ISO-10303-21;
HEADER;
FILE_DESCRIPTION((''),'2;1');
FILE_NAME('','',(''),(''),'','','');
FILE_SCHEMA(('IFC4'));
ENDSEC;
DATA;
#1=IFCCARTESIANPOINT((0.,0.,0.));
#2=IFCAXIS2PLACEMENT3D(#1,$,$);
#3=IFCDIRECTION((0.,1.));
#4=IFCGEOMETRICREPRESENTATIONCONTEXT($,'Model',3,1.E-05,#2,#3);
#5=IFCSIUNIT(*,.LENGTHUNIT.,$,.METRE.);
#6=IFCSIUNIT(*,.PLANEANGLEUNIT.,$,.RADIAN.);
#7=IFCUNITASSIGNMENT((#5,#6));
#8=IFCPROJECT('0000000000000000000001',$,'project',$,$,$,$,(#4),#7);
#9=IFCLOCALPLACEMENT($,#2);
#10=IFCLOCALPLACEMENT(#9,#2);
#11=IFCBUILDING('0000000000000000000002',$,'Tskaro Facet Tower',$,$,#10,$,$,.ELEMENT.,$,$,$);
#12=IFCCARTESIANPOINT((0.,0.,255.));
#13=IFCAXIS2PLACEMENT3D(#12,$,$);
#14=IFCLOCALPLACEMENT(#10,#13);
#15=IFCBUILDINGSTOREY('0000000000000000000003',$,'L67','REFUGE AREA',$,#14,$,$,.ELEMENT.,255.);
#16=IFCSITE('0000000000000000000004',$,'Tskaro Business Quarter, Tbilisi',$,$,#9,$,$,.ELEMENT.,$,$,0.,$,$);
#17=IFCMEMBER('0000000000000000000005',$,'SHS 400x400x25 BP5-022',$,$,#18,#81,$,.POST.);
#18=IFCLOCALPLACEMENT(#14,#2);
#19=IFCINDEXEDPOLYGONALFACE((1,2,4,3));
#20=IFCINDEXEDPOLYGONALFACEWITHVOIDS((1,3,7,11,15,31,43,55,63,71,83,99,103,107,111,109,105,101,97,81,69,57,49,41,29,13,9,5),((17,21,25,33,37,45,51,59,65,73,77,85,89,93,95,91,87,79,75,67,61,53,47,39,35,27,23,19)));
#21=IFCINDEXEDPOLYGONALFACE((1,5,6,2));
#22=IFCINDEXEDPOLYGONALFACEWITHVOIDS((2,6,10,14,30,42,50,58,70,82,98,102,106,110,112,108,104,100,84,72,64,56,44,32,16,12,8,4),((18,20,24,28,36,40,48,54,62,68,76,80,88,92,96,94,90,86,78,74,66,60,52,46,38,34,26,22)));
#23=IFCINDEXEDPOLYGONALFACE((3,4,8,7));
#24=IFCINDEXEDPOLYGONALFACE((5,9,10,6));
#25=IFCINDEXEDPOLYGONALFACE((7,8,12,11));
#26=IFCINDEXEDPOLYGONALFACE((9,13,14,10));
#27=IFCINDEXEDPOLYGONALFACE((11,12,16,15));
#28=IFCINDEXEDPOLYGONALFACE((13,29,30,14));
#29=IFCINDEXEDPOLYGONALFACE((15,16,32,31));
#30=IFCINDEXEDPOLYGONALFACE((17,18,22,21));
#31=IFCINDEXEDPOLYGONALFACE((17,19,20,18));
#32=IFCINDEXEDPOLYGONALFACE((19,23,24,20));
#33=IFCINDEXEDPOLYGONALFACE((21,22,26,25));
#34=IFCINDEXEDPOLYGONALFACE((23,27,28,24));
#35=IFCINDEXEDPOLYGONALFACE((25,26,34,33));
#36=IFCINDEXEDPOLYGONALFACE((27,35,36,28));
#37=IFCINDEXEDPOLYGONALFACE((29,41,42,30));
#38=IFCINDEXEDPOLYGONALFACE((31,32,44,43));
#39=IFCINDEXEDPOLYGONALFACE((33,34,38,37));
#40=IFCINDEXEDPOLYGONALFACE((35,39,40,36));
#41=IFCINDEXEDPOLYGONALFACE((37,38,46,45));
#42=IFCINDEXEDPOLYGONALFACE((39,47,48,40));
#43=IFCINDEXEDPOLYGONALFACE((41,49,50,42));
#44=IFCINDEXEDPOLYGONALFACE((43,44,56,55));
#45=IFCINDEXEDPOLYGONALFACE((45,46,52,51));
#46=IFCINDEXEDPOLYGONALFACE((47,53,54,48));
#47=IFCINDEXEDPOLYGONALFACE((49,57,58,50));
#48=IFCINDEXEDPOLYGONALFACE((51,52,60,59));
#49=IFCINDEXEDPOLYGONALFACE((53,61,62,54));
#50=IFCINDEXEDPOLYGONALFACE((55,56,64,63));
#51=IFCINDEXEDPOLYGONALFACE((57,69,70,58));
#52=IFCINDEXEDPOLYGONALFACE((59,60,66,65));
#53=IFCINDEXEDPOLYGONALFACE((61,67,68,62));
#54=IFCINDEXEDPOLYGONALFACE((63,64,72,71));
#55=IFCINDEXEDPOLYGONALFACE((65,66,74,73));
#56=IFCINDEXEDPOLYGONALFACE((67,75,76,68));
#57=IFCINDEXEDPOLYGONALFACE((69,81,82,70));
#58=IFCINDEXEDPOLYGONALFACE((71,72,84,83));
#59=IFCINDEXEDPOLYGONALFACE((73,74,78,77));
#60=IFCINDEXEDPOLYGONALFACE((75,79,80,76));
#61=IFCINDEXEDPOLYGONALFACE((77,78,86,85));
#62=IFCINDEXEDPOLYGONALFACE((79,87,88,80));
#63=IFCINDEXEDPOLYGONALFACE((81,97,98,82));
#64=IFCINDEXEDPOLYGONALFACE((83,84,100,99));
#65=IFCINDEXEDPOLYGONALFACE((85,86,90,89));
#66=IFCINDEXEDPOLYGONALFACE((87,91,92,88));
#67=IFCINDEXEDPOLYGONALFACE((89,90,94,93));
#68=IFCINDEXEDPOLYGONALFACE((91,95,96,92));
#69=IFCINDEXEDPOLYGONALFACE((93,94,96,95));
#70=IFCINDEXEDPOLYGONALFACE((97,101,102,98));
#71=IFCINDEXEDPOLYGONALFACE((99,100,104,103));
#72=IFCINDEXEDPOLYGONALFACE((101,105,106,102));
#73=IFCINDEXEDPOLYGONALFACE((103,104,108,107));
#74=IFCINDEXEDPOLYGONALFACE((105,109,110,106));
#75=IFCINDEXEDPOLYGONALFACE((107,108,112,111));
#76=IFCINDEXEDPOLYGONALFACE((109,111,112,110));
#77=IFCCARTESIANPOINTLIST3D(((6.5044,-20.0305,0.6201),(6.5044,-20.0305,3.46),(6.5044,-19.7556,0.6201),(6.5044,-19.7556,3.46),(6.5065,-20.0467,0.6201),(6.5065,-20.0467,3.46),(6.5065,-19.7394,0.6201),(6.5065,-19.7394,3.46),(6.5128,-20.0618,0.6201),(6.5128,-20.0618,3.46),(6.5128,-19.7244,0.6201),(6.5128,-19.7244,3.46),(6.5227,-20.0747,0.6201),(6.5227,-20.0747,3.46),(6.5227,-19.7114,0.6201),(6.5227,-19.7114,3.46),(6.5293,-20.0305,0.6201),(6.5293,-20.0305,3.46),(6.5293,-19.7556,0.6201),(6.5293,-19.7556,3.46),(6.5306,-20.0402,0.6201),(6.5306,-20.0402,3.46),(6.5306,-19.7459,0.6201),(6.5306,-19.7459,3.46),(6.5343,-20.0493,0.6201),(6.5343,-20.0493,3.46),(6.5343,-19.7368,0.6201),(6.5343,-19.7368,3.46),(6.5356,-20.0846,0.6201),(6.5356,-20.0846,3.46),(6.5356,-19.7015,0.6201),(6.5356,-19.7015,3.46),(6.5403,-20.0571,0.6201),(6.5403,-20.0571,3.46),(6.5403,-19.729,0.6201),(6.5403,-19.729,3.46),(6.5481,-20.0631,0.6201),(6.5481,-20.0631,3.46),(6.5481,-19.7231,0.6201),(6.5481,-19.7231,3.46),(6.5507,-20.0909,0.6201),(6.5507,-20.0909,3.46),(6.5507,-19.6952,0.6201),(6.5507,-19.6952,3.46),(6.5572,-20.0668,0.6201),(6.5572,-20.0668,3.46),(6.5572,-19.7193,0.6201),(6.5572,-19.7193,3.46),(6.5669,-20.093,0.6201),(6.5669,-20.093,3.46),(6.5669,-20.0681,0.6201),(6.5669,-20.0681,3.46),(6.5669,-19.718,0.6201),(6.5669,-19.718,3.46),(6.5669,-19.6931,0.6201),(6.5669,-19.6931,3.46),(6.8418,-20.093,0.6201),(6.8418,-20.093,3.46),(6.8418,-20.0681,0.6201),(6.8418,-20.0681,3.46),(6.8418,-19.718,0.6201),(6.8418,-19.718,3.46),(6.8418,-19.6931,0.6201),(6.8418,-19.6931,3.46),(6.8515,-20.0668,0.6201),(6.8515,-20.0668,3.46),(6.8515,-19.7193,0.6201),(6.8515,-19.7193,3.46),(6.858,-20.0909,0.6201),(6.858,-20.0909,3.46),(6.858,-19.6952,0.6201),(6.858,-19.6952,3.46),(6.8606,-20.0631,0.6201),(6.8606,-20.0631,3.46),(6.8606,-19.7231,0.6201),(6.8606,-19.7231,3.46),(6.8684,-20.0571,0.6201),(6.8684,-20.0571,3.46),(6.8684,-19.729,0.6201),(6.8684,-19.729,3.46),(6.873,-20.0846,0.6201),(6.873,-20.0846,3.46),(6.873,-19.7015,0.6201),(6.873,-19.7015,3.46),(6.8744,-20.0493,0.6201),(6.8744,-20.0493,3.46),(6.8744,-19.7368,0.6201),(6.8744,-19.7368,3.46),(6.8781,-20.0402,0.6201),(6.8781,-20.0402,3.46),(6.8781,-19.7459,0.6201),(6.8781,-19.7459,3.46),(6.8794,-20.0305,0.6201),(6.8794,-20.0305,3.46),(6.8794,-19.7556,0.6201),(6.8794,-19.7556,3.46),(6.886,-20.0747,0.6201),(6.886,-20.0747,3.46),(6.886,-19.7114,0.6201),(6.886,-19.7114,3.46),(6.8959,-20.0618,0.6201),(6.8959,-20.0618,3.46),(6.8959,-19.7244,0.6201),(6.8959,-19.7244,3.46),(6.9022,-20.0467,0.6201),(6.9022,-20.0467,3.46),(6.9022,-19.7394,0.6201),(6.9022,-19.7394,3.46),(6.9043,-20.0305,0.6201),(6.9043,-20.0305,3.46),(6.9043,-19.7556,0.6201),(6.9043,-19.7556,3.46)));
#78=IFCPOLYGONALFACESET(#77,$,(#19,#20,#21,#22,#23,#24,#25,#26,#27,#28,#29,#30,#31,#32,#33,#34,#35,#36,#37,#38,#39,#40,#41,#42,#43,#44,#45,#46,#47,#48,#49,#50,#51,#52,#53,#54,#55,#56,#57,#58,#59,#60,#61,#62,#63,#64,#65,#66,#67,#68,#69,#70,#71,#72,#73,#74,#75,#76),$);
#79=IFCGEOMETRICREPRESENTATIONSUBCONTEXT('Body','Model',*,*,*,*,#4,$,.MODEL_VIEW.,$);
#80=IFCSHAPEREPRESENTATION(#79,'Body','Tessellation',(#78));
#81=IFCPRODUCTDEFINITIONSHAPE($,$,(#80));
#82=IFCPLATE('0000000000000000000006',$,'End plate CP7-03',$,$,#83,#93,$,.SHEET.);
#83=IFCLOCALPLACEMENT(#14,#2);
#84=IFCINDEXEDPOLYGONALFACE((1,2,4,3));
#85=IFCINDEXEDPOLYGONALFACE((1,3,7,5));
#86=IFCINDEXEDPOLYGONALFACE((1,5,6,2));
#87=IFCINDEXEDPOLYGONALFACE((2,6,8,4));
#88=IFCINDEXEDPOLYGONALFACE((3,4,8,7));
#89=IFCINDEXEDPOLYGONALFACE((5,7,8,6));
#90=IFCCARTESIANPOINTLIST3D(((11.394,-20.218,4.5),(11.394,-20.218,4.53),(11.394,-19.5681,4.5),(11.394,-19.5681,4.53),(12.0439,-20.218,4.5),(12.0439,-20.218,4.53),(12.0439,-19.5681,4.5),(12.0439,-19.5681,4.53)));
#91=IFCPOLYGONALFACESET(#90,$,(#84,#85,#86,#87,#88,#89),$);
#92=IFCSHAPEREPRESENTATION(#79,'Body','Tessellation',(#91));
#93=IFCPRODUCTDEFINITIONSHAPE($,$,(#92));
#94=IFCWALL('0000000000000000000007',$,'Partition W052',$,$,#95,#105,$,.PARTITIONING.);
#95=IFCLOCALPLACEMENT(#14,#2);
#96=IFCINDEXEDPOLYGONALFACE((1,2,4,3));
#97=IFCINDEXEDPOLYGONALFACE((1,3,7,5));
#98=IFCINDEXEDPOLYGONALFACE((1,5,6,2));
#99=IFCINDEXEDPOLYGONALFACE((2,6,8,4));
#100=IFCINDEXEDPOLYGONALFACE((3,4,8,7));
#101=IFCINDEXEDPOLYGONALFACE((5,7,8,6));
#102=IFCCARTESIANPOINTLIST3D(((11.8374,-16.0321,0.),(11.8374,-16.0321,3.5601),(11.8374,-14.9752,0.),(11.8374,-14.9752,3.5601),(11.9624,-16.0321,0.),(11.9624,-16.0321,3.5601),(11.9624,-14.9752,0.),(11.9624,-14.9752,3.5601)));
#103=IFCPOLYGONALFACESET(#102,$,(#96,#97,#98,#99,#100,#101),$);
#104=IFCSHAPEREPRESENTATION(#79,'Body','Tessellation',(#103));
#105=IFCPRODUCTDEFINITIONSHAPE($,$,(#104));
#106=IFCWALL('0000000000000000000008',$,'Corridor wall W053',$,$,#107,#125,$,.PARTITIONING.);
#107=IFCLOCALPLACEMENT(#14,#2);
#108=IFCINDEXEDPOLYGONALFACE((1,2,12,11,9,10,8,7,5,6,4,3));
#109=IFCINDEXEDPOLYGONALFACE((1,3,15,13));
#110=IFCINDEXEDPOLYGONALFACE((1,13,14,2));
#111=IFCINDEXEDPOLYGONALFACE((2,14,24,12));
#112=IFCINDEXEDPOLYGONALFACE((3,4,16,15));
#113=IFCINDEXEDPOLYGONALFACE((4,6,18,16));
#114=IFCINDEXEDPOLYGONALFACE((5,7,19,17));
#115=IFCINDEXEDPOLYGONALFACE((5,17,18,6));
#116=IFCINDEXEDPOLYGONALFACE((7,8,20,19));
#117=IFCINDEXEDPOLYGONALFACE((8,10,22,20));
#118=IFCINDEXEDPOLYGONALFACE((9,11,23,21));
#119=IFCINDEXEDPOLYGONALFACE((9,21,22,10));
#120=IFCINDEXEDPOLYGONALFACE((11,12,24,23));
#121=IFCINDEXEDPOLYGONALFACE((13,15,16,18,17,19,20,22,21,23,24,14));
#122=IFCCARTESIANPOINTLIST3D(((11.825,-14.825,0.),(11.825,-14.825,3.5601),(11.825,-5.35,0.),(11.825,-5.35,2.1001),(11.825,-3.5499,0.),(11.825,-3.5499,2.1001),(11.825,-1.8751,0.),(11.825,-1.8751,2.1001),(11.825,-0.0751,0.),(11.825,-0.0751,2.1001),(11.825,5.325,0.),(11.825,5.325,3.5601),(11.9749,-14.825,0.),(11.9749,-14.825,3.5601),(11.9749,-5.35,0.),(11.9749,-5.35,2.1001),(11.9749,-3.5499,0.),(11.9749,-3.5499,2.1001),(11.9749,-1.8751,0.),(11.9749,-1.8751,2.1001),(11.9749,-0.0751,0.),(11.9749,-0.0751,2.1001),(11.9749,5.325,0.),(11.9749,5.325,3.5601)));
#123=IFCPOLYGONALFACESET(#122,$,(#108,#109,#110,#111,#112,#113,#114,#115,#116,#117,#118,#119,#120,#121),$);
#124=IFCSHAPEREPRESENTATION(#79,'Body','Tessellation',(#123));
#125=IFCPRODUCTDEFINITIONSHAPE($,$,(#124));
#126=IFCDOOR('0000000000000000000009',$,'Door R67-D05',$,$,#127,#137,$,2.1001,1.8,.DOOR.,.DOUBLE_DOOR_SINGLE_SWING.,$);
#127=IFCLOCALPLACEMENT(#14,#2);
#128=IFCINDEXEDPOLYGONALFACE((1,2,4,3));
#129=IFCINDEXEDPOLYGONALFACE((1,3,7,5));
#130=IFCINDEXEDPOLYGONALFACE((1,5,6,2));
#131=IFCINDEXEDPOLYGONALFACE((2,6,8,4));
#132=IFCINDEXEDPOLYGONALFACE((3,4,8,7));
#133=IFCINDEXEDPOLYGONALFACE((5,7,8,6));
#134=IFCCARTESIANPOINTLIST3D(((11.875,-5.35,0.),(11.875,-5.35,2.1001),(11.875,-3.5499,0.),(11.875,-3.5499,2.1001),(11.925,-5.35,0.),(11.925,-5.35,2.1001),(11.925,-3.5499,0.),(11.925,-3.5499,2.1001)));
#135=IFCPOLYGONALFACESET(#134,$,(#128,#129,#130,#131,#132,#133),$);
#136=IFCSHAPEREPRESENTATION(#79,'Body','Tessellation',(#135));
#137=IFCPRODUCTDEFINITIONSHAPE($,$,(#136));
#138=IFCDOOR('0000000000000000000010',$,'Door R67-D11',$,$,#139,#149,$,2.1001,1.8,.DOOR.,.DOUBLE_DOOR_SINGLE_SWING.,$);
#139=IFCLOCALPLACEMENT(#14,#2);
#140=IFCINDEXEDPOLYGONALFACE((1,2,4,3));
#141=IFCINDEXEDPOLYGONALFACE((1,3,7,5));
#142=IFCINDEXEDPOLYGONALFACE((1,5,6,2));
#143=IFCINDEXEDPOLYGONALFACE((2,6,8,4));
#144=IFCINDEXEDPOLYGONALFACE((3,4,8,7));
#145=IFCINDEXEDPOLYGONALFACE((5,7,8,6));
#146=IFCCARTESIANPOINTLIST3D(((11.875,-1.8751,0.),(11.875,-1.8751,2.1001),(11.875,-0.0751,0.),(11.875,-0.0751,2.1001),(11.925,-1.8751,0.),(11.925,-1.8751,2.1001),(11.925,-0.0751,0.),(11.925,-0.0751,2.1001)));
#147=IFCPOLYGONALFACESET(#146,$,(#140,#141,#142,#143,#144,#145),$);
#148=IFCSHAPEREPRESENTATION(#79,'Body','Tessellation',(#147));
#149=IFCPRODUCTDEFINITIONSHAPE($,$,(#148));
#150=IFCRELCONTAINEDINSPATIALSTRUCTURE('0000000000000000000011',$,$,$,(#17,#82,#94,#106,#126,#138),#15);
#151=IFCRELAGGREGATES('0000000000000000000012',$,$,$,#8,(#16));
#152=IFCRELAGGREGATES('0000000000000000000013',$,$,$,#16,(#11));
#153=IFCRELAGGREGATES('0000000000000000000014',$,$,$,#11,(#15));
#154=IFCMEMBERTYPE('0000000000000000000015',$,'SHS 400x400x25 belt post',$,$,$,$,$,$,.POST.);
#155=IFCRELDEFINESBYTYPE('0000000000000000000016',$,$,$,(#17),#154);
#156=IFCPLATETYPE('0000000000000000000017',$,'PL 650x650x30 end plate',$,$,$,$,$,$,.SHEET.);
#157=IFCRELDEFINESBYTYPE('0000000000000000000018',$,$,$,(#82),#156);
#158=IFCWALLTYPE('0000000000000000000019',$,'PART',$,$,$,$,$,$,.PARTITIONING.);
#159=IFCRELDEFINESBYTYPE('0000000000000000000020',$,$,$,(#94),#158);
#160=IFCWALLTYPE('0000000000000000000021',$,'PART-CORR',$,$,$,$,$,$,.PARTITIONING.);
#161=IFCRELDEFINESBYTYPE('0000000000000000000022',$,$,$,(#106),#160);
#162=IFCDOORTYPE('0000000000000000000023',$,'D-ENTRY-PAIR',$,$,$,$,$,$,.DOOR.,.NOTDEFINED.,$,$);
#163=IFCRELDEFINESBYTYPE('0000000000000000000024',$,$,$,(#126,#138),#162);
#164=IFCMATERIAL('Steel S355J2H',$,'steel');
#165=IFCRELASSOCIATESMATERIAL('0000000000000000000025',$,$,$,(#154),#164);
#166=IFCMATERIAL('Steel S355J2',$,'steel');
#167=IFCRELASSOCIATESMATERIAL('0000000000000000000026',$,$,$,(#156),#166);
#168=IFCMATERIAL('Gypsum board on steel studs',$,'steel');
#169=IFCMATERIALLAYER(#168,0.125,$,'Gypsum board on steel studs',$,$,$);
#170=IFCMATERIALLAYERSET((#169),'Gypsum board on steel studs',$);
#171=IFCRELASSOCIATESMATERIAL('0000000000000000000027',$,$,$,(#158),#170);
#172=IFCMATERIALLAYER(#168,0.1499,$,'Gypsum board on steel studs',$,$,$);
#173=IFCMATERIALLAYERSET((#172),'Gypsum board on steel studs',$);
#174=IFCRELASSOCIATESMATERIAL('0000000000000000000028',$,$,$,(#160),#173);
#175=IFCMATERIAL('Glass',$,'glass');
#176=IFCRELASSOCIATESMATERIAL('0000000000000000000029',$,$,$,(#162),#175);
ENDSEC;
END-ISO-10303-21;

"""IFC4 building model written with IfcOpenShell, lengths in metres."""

from ifc_helpers import new_model, si_unit, direction, frame, frame_2d, origin, origin_2d, place, context, subcontext, project, spatial, rectangle, hollow_rectangle, extrude, material, layer, layer_set, material_profile, profile_set, type_object, element, fill, save


model = new_model("IFC4")

# Units and contexts
model_context = context("Model", 3, precision=1e-05, world=origin(), true_north=direction((0.0, 1.0)))
body_context = subcontext(model_context, "Body", "Model", "MODEL_VIEW")
ifc_project = project(units=[si_unit("LENGTHUNIT", "METRE"), si_unit("PLANEANGLEUNIT", "RADIAN")], contexts=[model_context])

# Site, building, storey
site_placement = place(None, origin())
site = spatial("IfcSite", under=ifc_project, at=site_placement, Name="Tskaro Business Quarter, Tbilisi", CompositionType="ELEMENT", RefElevation=0.0)
building_placement = place(site_placement, origin())
building = spatial("IfcBuilding", under=site, at=building_placement, Name="Tskaro Facet Tower", CompositionType="ELEMENT")
storey_placement = place(building_placement, frame((0.0, 0.0, 255.0)))
storey = spatial("IfcBuildingStorey", under=building, at=storey_placement, Name="L67", Description="REFUGE AREA", CompositionType="ELEMENT", Elevation=255.0)

# Shared definitions
ifc_material_1 = material(Name="Steel S355J2", Category="steel")
ifc_material_2 = material(Name="Steel S355J2H", Category="steel")

# Member
ifc_material_profile_1 = material_profile(ifc_material_2, hollow_rectangle(XDim=0.3999, YDim=0.3999, WallThickness=0.0249, InnerFilletRadius=0.0376, OuterFilletRadius=0.0625, at=origin_2d()), Name="SHS 400x400x25")
ifc_profile_set_1 = profile_set([ifc_material_profile_1], Name="Steel S355J2H")
member_type_1 = type_object("IfcMemberType", Name="SHS 400x400x25 belt post", PredefinedType="POST", material=ifc_profile_set_1)
member_1_placement = place(storey_placement, frame((6.7043, -19.8931, 0.6201), z_axis=(0.0, 0.0, 1.0), x_axis=(1.0, 0.0, 0.0)))
element("IfcMember", 1, at=member_1_placement, inside=storey, type_object=member_type_1, Name="SHS 400x400x25 BP5-022", PredefinedType="POST", context=body_context, shape_type="SweptSolid", body=[
    extrude(hollow_rectangle(XDim=0.3999, YDim=0.3999, WallThickness=0.0249, InnerFilletRadius=0.0376, OuterFilletRadius=0.0625, at=origin_2d()), origin(), (0.0, 0.0, 1.0), 2.8398),
])

# Plate
ifc_material_profile_2 = material_profile(ifc_material_1, rectangle(XDim=0.6499, YDim=0.6499, at=origin_2d()), Name="PL 650x650x30 end plate")
ifc_profile_set_2 = profile_set([ifc_material_profile_2], Name="Steel S355J2")
plate_type = type_object("IfcPlateType", Name="PL 650x650x30 end plate", PredefinedType="SHEET", material=ifc_profile_set_2)
plate_placement = place(storey_placement, frame((11.719, -19.8931, 4.5), z_axis=(0.0, 0.0, 1.0), x_axis=(1.0, 0.0, 0.0)))
element("IfcPlate", 2, at=plate_placement, inside=storey, type_object=plate_type, Name="End plate CP7-03", PredefinedType="SHEET", context=body_context, shape_type="SweptSolid", body=[
    extrude(rectangle(XDim=0.6499, YDim=0.6499, at=origin_2d()), origin(), (0.0, 0.0, 1.0), 0.03),
])

# Wall
ifc_material_3 = material(Name="Gypsum board on steel studs", Category="steel")
ifc_layer_1 = layer(ifc_material_3, 0.125, Name="Gypsum board on steel studs")
ifc_layer_set_1 = layer_set([ifc_layer_1], Name="Gypsum board on steel studs")
wall_type_1 = type_object("IfcWallType", Name="PART", PredefinedType="PARTITIONING", material=ifc_layer_set_1)
wall_1_placement = place(storey_placement, frame((11.8999, -16.032, 0.0), z_axis=(0.0, 0.0, 1.0), x_axis=(0.0, 1.0, 0.0)))
element("IfcWall", 3, at=wall_1_placement, inside=storey, type_object=wall_type_1, Name="Partition W052", PredefinedType="PARTITIONING", context=body_context, shape_type="SweptSolid", body=[
    extrude(rectangle(XDim=1.0569, YDim=0.125, at=frame_2d((0.5283, 0.0))), origin(), (0.0, 0.0, 1.0), 3.5601),
])

# Wall, openings, doors
ifc_layer_2 = layer(ifc_material_3, 0.1499, Name="Gypsum board on steel studs")
ifc_layer_set_2 = layer_set([ifc_layer_2], Name="Gypsum board on steel studs")
wall_type_2 = type_object("IfcWallType", Name="PART-CORR", PredefinedType="PARTITIONING", material=ifc_layer_set_2)
wall_2_placement = place(storey_placement, frame((11.8999, -14.825, 0.0), z_axis=(0.0, 0.0, 1.0), x_axis=(0.0, 1.0, 0.0)))
wall_2 = element("IfcWall", 4, at=wall_2_placement, inside=storey, type_object=wall_type_2, Name="Corridor wall W053", PredefinedType="PARTITIONING", context=body_context, shape_type="SweptSolid", body=[
    extrude(rectangle(XDim=20.1499, YDim=0.1499, at=frame_2d((10.075, 0.0))), origin(), (0.0, 0.0, 1.0), 3.5601),
])
opening_1_placement = place(wall_2_placement, frame((9.4751, 0.0, 0.0)))
opening_1 = element("IfcOpeningElement", 5, at=opening_1_placement, cuts=wall_2, PredefinedType="OPENING", context=body_context, shape_type="SweptSolid", body=[
    extrude(rectangle(XDim=1.8, YDim=2.1001, at=frame_2d((0.8999, 1.05))), frame((0.0, 0.085, 0.0), z_axis=(0.0, -1.0, 0.0), x_axis=(1.0, 0.0, 0.0)), (0.0, 0.0, 1.0), 0.1699),
])
opening_2_placement = place(wall_2_placement, frame((12.95, 0.0, 0.0)))
opening_2 = element("IfcOpeningElement", 6, at=opening_2_placement, cuts=wall_2, PredefinedType="OPENING", context=body_context, shape_type="SweptSolid", body=[
    extrude(rectangle(XDim=1.8, YDim=2.1001, at=frame_2d((0.8999, 1.05))), frame((0.0, 0.085, 0.0), z_axis=(0.0, -1.0, 0.0), x_axis=(1.0, 0.0, 0.0)), (0.0, 0.0, 1.0), 0.1699),
])
ifc_material_4 = material(Name="Glass", Category="glass")
door_type = type_object("IfcDoorType", Name="D-ENTRY-PAIR", OperationType="NOTDEFINED", PredefinedType="DOOR", material=ifc_material_4)
door_1_placement = place(opening_1_placement, origin())
door_1 = element("IfcDoor", 7, at=door_1_placement, inside=storey, type_object=door_type, Name="Door R67-D05", OperationType="DOUBLE_DOOR_SINGLE_SWING", OverallHeight=2.1001, OverallWidth=1.8, PredefinedType="DOOR", context=body_context, shape_type="SweptSolid", body=[
    extrude(rectangle(XDim=1.8, YDim=2.1001, at=frame_2d((0.8999, 1.05))), frame((0.0, 0.0249, 0.0), z_axis=(0.0, -1.0, 0.0), x_axis=(1.0, 0.0, 0.0)), (0.0, 0.0, 1.0), 0.05),
])
fill(opening_1, door_1)
door_2_placement = place(opening_2_placement, origin())
door_2 = element("IfcDoor", 8, at=door_2_placement, inside=storey, type_object=door_type, Name="Door R67-D11", OperationType="DOUBLE_DOOR_SINGLE_SWING", OverallHeight=2.1001, OverallWidth=1.8, PredefinedType="DOOR", context=body_context, shape_type="SweptSolid", body=[
    extrude(rectangle(XDim=1.8, YDim=2.1001, at=frame_2d((0.8999, 1.05))), frame((0.0, 0.0249, 0.0), z_axis=(0.0, -1.0, 0.0), x_axis=(1.0, 0.0, 0.0)), (0.0, 0.0, 1.0), 0.05),
])
fill(opening_2, door_2)

save(model, "model.ifc")
